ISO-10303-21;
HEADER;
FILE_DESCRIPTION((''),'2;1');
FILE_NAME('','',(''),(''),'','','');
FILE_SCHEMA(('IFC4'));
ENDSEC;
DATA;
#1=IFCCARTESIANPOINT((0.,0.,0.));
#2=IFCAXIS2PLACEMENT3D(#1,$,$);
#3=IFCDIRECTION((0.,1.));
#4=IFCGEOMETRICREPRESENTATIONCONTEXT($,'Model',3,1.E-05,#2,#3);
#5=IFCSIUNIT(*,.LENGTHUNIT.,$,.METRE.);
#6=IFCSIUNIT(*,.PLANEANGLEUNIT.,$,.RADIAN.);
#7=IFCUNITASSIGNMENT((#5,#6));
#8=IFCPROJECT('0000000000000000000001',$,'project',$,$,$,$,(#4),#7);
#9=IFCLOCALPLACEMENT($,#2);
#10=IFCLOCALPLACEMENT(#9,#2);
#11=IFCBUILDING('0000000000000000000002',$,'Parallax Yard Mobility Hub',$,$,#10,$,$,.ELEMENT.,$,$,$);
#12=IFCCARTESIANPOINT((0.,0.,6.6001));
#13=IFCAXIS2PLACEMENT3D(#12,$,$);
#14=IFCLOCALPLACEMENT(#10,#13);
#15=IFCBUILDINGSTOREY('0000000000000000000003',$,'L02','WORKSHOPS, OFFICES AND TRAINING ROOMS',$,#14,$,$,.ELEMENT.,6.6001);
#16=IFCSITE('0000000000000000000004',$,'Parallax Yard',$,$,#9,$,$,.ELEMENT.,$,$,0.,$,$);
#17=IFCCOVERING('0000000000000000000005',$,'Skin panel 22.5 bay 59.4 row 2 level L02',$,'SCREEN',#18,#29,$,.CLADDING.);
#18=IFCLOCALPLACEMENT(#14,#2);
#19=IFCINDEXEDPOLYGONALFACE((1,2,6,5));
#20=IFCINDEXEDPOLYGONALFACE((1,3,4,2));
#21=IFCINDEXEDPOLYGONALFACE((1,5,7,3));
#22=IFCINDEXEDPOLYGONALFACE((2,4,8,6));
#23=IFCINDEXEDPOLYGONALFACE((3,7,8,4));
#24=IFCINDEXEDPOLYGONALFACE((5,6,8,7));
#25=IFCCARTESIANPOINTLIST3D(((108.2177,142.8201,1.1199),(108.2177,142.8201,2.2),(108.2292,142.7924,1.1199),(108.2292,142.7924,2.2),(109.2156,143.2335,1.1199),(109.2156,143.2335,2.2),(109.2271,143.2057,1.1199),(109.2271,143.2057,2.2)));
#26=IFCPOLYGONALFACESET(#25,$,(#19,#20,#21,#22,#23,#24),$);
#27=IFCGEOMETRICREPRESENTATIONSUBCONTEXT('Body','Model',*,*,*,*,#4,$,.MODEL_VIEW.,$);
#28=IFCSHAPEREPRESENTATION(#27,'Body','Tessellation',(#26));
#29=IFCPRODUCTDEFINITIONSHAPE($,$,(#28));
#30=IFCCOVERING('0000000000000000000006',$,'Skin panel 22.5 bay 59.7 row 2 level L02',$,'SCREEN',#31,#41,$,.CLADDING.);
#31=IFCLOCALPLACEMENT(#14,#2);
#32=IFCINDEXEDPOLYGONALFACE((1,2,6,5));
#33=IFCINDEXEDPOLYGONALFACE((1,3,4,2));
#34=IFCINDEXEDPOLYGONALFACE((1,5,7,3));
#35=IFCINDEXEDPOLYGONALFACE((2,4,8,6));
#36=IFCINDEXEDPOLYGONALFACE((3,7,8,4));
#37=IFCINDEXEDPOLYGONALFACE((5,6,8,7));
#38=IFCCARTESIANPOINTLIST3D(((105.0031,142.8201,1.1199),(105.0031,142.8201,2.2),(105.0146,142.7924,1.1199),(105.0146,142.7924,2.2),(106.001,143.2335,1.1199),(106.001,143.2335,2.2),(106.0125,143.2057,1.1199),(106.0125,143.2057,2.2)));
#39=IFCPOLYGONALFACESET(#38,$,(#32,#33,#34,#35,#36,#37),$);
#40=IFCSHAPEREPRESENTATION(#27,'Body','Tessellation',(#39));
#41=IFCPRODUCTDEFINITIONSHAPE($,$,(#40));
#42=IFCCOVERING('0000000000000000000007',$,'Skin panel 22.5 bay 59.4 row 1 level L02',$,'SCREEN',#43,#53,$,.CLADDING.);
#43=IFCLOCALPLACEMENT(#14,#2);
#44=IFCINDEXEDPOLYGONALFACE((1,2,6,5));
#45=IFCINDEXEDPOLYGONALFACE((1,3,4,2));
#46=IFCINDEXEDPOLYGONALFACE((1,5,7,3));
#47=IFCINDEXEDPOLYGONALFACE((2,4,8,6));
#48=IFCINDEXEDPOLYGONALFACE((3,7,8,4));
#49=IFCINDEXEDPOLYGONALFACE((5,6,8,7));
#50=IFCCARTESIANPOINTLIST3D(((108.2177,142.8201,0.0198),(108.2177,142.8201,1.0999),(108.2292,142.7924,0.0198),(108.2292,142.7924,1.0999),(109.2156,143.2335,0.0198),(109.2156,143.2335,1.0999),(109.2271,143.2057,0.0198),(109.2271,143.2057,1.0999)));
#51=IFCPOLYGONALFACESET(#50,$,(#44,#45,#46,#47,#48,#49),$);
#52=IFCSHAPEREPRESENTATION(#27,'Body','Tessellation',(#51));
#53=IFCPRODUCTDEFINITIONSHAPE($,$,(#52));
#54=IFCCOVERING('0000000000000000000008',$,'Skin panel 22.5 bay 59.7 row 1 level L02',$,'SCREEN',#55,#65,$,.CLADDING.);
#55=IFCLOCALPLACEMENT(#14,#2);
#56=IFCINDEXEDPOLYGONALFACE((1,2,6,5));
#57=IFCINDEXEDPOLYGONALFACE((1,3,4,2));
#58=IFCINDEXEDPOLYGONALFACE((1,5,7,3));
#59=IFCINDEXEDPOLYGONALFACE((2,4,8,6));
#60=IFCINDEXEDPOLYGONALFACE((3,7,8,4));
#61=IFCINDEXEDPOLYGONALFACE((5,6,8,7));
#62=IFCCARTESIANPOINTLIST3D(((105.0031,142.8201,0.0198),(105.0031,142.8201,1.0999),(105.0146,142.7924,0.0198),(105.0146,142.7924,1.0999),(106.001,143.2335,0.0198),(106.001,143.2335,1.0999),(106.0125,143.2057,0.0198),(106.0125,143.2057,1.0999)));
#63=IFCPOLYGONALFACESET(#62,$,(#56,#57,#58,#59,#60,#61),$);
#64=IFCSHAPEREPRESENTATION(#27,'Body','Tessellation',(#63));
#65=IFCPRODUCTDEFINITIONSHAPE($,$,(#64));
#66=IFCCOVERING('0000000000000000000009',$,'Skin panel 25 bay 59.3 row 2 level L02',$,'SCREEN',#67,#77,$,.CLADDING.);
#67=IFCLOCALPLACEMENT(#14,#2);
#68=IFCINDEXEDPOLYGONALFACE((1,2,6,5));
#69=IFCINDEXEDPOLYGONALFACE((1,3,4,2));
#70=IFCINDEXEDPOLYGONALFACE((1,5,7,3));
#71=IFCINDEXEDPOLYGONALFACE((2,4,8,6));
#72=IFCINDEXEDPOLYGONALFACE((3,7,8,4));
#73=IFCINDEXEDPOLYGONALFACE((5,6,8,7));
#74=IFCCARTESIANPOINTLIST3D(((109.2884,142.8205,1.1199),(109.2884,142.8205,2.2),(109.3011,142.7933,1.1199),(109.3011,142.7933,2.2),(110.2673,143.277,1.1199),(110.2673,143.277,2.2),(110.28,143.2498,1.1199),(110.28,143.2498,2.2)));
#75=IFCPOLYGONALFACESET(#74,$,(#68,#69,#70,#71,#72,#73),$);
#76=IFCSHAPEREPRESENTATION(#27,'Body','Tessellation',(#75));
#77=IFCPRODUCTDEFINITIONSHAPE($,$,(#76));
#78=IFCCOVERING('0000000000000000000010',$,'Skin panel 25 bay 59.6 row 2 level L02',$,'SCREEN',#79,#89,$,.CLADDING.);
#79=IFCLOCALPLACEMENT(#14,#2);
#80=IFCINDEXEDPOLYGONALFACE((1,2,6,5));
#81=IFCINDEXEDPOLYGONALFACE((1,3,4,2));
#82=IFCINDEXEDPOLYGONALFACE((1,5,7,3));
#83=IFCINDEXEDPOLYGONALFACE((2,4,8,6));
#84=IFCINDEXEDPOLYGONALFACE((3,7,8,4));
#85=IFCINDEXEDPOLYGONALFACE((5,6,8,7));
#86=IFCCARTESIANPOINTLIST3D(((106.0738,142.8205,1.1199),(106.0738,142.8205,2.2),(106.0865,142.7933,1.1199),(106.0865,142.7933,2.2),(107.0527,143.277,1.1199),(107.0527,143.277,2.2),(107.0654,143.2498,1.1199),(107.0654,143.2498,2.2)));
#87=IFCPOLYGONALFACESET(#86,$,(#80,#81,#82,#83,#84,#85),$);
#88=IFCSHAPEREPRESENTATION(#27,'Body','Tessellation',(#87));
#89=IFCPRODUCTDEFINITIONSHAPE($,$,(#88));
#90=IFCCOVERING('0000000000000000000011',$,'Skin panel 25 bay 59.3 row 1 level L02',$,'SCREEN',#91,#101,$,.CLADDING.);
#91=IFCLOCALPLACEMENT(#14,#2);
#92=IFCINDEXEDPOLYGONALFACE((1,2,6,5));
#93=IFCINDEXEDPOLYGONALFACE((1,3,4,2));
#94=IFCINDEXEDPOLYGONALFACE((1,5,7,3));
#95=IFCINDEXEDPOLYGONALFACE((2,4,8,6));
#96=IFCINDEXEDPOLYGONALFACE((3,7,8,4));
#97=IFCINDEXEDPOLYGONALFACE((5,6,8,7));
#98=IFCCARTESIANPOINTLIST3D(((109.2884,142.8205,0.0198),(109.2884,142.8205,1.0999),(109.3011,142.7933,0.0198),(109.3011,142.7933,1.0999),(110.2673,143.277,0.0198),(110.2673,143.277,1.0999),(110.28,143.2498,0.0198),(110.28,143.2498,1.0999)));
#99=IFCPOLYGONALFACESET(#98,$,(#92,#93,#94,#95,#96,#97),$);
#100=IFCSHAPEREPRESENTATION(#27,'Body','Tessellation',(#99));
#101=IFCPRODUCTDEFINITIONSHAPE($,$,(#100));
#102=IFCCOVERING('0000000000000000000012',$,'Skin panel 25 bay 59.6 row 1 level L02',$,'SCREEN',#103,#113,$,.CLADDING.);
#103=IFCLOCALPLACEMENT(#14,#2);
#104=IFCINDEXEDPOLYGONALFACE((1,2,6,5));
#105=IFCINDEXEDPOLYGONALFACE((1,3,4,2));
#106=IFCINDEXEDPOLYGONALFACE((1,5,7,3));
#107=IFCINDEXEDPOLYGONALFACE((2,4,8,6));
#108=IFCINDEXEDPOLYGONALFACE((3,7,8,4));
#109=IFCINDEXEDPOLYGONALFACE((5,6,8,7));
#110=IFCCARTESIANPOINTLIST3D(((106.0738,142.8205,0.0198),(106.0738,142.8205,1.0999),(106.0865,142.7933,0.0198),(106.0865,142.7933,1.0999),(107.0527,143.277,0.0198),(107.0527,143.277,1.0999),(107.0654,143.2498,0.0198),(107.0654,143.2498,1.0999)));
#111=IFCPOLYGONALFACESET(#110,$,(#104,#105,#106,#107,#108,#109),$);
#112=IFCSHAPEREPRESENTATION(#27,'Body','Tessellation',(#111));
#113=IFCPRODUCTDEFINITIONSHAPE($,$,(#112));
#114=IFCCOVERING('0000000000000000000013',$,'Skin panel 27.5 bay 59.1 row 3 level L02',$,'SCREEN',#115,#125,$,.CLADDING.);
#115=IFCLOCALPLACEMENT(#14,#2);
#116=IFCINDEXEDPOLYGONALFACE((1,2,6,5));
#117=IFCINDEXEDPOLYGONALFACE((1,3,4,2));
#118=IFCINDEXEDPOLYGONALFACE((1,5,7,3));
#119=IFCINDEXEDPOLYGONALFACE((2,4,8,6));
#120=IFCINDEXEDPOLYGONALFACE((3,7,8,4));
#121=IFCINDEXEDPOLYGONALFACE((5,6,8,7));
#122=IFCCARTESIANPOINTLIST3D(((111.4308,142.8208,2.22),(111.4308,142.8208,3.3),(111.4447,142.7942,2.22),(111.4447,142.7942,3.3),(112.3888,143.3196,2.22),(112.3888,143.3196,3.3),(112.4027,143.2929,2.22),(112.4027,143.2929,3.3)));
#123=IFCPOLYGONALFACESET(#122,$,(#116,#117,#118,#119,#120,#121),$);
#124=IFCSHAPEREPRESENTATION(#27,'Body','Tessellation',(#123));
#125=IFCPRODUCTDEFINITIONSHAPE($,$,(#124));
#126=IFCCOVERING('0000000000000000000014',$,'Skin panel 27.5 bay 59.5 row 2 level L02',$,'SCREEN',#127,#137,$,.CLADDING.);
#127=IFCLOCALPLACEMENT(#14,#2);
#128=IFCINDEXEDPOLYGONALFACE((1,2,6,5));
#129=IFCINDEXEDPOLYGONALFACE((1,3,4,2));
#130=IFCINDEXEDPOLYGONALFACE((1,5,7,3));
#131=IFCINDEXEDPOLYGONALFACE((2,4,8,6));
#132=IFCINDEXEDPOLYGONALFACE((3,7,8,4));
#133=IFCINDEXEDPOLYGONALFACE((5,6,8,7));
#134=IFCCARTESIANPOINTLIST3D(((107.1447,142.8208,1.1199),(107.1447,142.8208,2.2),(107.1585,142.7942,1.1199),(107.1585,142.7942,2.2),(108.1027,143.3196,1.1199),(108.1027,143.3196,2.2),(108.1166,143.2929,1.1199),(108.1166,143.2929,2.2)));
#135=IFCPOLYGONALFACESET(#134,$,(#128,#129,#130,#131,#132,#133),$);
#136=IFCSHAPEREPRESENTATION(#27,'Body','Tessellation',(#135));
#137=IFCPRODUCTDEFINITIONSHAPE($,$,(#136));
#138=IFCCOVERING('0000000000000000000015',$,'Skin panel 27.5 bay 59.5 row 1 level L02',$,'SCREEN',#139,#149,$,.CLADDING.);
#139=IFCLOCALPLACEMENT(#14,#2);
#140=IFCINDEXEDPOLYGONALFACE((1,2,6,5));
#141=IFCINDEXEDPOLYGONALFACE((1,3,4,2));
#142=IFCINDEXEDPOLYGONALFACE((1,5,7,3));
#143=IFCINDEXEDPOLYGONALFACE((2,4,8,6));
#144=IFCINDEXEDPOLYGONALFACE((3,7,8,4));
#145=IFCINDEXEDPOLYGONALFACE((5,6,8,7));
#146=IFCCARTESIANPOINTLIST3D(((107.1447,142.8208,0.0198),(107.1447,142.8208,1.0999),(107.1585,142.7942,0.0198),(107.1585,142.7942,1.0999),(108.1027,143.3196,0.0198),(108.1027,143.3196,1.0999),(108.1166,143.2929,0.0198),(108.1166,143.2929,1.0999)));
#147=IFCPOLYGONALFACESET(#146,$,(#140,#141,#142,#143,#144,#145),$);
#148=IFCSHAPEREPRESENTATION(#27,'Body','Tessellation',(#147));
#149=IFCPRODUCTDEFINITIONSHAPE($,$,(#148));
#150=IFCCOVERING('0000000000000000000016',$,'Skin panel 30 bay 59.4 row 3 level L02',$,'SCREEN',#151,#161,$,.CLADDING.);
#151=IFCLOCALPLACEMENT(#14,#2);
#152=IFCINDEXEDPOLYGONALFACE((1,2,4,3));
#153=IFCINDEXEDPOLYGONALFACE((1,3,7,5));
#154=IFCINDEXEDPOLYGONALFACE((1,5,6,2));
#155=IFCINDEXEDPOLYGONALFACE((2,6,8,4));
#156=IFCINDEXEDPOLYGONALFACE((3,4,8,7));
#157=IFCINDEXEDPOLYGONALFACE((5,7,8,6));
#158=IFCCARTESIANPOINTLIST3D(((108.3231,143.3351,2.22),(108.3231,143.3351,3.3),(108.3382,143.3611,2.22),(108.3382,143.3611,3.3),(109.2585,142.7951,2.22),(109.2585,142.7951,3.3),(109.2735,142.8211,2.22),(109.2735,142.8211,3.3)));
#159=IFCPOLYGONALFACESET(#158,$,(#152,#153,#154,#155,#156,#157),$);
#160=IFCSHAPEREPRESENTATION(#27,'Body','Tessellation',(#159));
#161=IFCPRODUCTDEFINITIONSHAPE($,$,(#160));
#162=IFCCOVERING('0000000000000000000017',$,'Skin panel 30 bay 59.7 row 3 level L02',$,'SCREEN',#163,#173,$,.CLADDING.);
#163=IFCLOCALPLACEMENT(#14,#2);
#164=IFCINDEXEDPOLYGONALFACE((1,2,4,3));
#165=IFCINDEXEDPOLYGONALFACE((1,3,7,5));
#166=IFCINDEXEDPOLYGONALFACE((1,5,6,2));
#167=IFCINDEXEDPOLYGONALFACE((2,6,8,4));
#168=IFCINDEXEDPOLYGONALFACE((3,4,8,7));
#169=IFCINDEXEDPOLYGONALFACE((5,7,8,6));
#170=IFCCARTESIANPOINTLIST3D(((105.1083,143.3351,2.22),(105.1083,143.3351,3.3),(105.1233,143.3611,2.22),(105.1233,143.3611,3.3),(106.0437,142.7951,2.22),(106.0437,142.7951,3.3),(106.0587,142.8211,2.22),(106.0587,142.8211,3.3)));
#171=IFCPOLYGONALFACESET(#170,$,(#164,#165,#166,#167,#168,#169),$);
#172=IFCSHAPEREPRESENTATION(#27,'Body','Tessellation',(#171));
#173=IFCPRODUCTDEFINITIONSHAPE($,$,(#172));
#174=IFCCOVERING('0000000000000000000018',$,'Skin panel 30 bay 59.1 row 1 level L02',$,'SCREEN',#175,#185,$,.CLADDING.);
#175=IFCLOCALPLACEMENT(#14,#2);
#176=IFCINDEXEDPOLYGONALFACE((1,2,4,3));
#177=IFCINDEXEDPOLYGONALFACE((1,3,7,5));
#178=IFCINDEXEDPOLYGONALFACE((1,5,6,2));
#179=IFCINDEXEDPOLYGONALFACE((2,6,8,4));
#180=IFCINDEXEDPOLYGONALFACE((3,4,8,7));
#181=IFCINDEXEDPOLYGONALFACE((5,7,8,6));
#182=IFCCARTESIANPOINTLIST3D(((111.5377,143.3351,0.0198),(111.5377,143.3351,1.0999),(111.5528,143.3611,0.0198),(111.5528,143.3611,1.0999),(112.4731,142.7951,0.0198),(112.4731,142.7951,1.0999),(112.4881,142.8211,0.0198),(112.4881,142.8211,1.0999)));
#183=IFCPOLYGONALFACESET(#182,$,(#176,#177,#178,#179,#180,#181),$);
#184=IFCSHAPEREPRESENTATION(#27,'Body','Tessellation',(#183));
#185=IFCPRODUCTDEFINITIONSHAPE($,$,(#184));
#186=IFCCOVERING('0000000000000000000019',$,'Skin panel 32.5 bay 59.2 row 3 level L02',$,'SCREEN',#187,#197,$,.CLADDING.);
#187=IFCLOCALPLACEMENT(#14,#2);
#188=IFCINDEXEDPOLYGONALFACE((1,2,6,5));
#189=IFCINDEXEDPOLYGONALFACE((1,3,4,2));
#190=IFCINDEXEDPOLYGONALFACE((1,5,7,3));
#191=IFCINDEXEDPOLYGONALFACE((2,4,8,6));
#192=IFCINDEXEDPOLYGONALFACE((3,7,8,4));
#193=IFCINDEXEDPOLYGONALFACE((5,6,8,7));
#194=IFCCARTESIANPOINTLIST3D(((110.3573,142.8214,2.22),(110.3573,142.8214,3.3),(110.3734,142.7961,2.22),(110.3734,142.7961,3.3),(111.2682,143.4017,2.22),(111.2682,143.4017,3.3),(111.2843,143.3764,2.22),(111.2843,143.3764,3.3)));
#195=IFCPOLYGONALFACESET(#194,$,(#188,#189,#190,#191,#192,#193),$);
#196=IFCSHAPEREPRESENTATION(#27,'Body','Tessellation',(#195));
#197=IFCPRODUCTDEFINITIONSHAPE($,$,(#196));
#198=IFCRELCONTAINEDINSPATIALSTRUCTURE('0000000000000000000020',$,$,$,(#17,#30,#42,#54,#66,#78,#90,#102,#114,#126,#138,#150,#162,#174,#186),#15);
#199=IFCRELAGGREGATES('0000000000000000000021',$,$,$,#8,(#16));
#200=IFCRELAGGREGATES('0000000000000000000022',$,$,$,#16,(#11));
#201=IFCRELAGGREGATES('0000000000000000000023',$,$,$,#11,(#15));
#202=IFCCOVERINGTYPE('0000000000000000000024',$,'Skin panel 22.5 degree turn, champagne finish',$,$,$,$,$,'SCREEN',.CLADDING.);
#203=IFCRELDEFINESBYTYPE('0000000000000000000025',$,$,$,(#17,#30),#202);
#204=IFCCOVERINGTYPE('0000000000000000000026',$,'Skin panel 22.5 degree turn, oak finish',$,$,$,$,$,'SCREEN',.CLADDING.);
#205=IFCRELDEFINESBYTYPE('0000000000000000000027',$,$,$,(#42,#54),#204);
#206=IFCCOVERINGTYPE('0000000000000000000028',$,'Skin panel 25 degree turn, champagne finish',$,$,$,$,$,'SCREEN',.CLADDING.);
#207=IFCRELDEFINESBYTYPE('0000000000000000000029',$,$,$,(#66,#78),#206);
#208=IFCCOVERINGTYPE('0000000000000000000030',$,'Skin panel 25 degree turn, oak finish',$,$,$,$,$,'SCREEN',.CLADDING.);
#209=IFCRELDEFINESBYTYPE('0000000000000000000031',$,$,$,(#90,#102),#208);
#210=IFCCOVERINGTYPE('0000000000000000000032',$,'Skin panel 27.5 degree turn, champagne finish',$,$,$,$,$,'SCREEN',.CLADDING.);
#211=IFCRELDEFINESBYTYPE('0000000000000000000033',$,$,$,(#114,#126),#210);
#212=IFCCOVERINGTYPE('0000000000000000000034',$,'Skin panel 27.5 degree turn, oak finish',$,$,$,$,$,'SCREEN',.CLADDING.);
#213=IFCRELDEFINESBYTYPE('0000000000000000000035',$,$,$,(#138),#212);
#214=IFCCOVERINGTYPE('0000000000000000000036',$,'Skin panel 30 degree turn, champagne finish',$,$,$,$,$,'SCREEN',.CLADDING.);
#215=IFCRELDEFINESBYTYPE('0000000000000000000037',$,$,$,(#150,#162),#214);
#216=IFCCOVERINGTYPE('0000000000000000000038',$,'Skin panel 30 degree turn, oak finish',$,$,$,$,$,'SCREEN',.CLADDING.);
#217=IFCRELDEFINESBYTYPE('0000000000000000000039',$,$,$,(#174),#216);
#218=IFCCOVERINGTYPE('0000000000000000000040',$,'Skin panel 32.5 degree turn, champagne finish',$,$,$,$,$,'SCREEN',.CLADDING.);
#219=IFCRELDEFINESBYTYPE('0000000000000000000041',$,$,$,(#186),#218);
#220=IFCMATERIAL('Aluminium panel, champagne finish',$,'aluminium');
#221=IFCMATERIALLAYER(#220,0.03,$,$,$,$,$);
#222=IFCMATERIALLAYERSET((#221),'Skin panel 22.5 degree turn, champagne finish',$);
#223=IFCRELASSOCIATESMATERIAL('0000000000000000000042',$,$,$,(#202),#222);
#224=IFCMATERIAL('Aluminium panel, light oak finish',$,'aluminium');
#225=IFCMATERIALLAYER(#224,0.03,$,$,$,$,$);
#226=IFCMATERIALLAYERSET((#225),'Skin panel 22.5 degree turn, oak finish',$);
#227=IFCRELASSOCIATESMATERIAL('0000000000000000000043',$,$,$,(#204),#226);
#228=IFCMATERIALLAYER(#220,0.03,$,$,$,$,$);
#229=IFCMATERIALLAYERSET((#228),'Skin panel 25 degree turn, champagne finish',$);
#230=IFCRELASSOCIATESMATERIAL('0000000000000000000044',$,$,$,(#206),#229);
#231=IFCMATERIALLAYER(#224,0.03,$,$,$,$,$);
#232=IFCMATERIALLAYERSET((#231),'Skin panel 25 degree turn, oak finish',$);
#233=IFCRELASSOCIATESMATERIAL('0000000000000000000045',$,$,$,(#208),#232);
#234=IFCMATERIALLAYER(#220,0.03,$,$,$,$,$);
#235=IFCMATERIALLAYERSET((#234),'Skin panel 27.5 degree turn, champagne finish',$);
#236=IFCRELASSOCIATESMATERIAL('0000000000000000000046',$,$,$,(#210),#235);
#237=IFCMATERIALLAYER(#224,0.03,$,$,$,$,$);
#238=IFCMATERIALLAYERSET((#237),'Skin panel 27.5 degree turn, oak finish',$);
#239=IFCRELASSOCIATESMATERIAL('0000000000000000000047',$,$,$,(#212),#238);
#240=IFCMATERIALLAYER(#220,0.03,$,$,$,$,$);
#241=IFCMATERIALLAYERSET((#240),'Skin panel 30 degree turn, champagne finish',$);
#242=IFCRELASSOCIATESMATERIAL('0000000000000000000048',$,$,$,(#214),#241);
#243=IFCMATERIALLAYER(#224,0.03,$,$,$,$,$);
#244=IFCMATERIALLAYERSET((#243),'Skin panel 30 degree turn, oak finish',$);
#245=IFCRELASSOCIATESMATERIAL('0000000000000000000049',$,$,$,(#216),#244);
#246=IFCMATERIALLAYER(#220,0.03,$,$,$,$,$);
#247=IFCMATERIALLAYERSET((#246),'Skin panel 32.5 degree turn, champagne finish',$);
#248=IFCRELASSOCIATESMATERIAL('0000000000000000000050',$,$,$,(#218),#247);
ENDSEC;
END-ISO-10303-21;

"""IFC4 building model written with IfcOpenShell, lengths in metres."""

from ifc_helpers import new_model, si_unit, direction, frame, origin, origin_2d, place, context, subcontext, project, spatial, rectangle, extrude, material, layer, layer_set, type_object, element, save


model = new_model("IFC4")

# Units and contexts
model_context = context("Model", 3, precision=1e-05, world=origin(), true_north=direction((0.0, 1.0)))
body_context = subcontext(model_context, "Body", "Model", "MODEL_VIEW")
ifc_project = project(units=[si_unit("LENGTHUNIT", "METRE"), si_unit("PLANEANGLEUNIT", "RADIAN")], contexts=[model_context])

# Site, building, storey
site_placement = place(None, origin())
site = spatial("IfcSite", under=ifc_project, at=site_placement, Name="Parallax Yard", CompositionType="ELEMENT", RefElevation=0.0)
building_placement = place(site_placement, origin())
building = spatial("IfcBuilding", under=site, at=building_placement, Name="Parallax Yard Mobility Hub", CompositionType="ELEMENT")
storey_placement = place(building_placement, frame((0.0, 0.0, 6.6001)))
storey = spatial("IfcBuildingStorey", under=building, at=storey_placement, Name="L02", Description="WORKSHOPS, OFFICES AND TRAINING ROOMS", CompositionType="ELEMENT", Elevation=6.6001)

# Coverings
ifc_material_1 = material(Name="Aluminium panel, champagne finish", Category="aluminium")
ifc_layer_1 = layer(ifc_material_1, 0.03)
ifc_layer_set_1 = layer_set([ifc_layer_1], Name="Skin panel 22.5 degree turn, champagne finish")
covering_type_1 = type_object("IfcCoveringType", Name="Skin panel 22.5 degree turn, champagne finish", ElementType="SCREEN", PredefinedType="CLADDING", material=ifc_layer_set_1)
for number, where, z_axis, x_axis, name in (
    (1, (108.7224, 143.0129, 1.1199), (0.0, 0.0, 1.0), (0.92388, 0.382683, 0.0), "Skin panel 22.5 bay 59.4 row 2 level L02"),
    (2, (105.5078, 143.0129, 1.1199), (0.0, 0.0, 1.0), (0.92388, 0.382683, 0.0), "Skin panel 22.5 bay 59.7 row 2 level L02"),
):
    element("IfcCovering", number, at=place(storey_placement, frame(where, z_axis=z_axis, x_axis=x_axis)), inside=storey, type_object=covering_type_1, Name=name, ObjectType="SCREEN", PredefinedType="CLADDING", context=body_context, shape_type="SweptSolid", body=[
        extrude(rectangle(XDim=1.0801, YDim=0.03, at=origin_2d()), origin(), (0.0, 0.0, 1.0), 1.0801),
    ])
ifc_material_2 = material(Name="Aluminium panel, light oak finish", Category="aluminium")
ifc_layer_2 = layer(ifc_material_2, 0.03)
ifc_layer_set_2 = layer_set([ifc_layer_2], Name="Skin panel 22.5 degree turn, oak finish")
covering_type_2 = type_object("IfcCoveringType", Name="Skin panel 22.5 degree turn, oak finish", ElementType="SCREEN", PredefinedType="CLADDING", material=ifc_layer_set_2)
for number, where, z_axis, x_axis, name in (
    (3, (108.7224, 143.0129, 0.0198), (0.0, 0.0, 1.0), (0.92388, 0.382683, 0.0), "Skin panel 22.5 bay 59.4 row 1 level L02"),
    (4, (105.5078, 143.0129, 0.0198), (0.0, 0.0, 1.0), (0.92388, 0.382683, 0.0), "Skin panel 22.5 bay 59.7 row 1 level L02"),
):
    element("IfcCovering", number, at=place(storey_placement, frame(where, z_axis=z_axis, x_axis=x_axis)), inside=storey, type_object=covering_type_2, Name=name, ObjectType="SCREEN", PredefinedType="CLADDING", context=body_context, shape_type="SweptSolid", body=[
        extrude(rectangle(XDim=1.0801, YDim=0.03, at=origin_2d()), origin(), (0.0, 0.0, 1.0), 1.0801),
    ])
ifc_layer_3 = layer(ifc_material_1, 0.03)
ifc_layer_set_3 = layer_set([ifc_layer_3], Name="Skin panel 25 degree turn, champagne finish")
covering_type_3 = type_object("IfcCoveringType", Name="Skin panel 25 degree turn, champagne finish", ElementType="SCREEN", PredefinedType="CLADDING", material=ifc_layer_set_3)
for number, where, z_axis, x_axis, name in (
    (5, (109.7842, 143.0352, 1.1199), (0.0, 0.0, 1.0), (0.906308, 0.422618, 0.0), "Skin panel 25 bay 59.3 row 2 level L02"),
    (6, (106.5696, 143.0352, 1.1199), (0.0, 0.0, 1.0), (0.906308, 0.422618, 0.0), "Skin panel 25 bay 59.6 row 2 level L02"),
):
    element("IfcCovering", number, at=place(storey_placement, frame(where, z_axis=z_axis, x_axis=x_axis)), inside=storey, type_object=covering_type_3, Name=name, ObjectType="SCREEN", PredefinedType="CLADDING", context=body_context, shape_type="SweptSolid", body=[
        extrude(rectangle(XDim=1.0801, YDim=0.03, at=origin_2d()), origin(), (0.0, 0.0, 1.0), 1.0801),
    ])
ifc_layer_4 = layer(ifc_material_2, 0.03)
ifc_layer_set_4 = layer_set([ifc_layer_4], Name="Skin panel 25 degree turn, oak finish")
covering_type_4 = type_object("IfcCoveringType", Name="Skin panel 25 degree turn, oak finish", ElementType="SCREEN", PredefinedType="CLADDING", material=ifc_layer_set_4)
for number, where, z_axis, x_axis, name in (
    (7, (109.7842, 143.0352, 0.0198), (0.0, 0.0, 1.0), (0.906308, 0.422618, 0.0), "Skin panel 25 bay 59.3 row 1 level L02"),
    (8, (106.5696, 143.0352, 0.0198), (0.0, 0.0, 1.0), (0.906308, 0.422618, 0.0), "Skin panel 25 bay 59.6 row 1 level L02"),
):
    element("IfcCovering", number, at=place(storey_placement, frame(where, z_axis=z_axis, x_axis=x_axis)), inside=storey, type_object=covering_type_4, Name=name, ObjectType="SCREEN", PredefinedType="CLADDING", context=body_context, shape_type="SweptSolid", body=[
        extrude(rectangle(XDim=1.0801, YDim=0.03, at=origin_2d()), origin(), (0.0, 0.0, 1.0), 1.0801),
    ])
ifc_layer_5 = layer(ifc_material_1, 0.03)
ifc_layer_set_5 = layer_set([ifc_layer_5], Name="Skin panel 27.5 degree turn, champagne finish")
covering_type_5 = type_object("IfcCoveringType", Name="Skin panel 27.5 degree turn, champagne finish", ElementType="SCREEN", PredefinedType="CLADDING", material=ifc_layer_set_5)
for number, where, z_axis, x_axis, name in (
    (9, (111.9167, 143.0569, 2.22), (0.0, 0.0, 1.0), (0.887011, 0.461749, 0.0), "Skin panel 27.5 bay 59.1 row 3 level L02"),
    (10, (107.6306, 143.0569, 1.1199), (0.0, 0.0, 1.0), (0.887011, 0.461749, 0.0), "Skin panel 27.5 bay 59.5 row 2 level L02"),
):
    element("IfcCovering", number, at=place(storey_placement, frame(where, z_axis=z_axis, x_axis=x_axis)), inside=storey, type_object=covering_type_5, Name=name, ObjectType="SCREEN", PredefinedType="CLADDING", context=body_context, shape_type="SweptSolid", body=[
        extrude(rectangle(XDim=1.0801, YDim=0.03, at=origin_2d()), origin(), (0.0, 0.0, 1.0), 1.0801),
    ])
ifc_layer_6 = layer(ifc_material_2, 0.03)
ifc_layer_set_6 = layer_set([ifc_layer_6], Name="Skin panel 27.5 degree turn, oak finish")
covering_type_6 = type_object("IfcCoveringType", Name="Skin panel 27.5 degree turn, oak finish", ElementType="SCREEN", PredefinedType="CLADDING", material=ifc_layer_set_6)
covering_1_placement = place(storey_placement, frame((107.6306, 143.0569, 0.0198), z_axis=(0.0, 0.0, 1.0), x_axis=(0.887011, 0.461749, 0.0)))
element("IfcCovering", 11, at=covering_1_placement, inside=storey, type_object=covering_type_6, Name="Skin panel 27.5 bay 59.5 row 1 level L02", ObjectType="SCREEN", PredefinedType="CLADDING", context=body_context, shape_type="SweptSolid", body=[
    extrude(rectangle(XDim=1.0801, YDim=0.03, at=origin_2d()), origin(), (0.0, 0.0, 1.0), 1.0801),
])
ifc_layer_7 = layer(ifc_material_1, 0.03)
ifc_layer_set_7 = layer_set([ifc_layer_7], Name="Skin panel 30 degree turn, champagne finish")
covering_type_7 = type_object("IfcCoveringType", Name="Skin panel 30 degree turn, champagne finish", ElementType="SCREEN", PredefinedType="CLADDING", material=ifc_layer_set_7)
for number, where, z_axis, x_axis, name in (
    (12, (108.7983, 143.0781, 2.22), (0.0, 0.0, 1.0), (-0.866025, 0.5, 0.0), "Skin panel 30 bay 59.4 row 3 level L02"),
    (13, (105.5835, 143.0781, 2.22), (0.0, 0.0, 1.0), (-0.866025, 0.5, 0.0), "Skin panel 30 bay 59.7 row 3 level L02"),
):
    element("IfcCovering", number, at=place(storey_placement, frame(where, z_axis=z_axis, x_axis=x_axis)), inside=storey, type_object=covering_type_7, Name=name, ObjectType="SCREEN", PredefinedType="CLADDING", context=body_context, shape_type="SweptSolid", body=[
        extrude(rectangle(XDim=1.0801, YDim=0.03, at=origin_2d()), origin(), (0.0, 0.0, 1.0), 1.0801),
    ])
ifc_layer_8 = layer(ifc_material_2, 0.03)
ifc_layer_set_8 = layer_set([ifc_layer_8], Name="Skin panel 30 degree turn, oak finish")
covering_type_8 = type_object("IfcCoveringType", Name="Skin panel 30 degree turn, oak finish", ElementType="SCREEN", PredefinedType="CLADDING", material=ifc_layer_set_8)
covering_2_placement = place(storey_placement, frame((112.0129, 143.0781, 0.0198), z_axis=(0.0, 0.0, 1.0), x_axis=(-0.866025, 0.5, 0.0)))
element("IfcCovering", 14, at=covering_2_placement, inside=storey, type_object=covering_type_8, Name="Skin panel 30 bay 59.1 row 1 level L02", ObjectType="SCREEN", PredefinedType="CLADDING", context=body_context, shape_type="SweptSolid", body=[
    extrude(rectangle(XDim=1.0801, YDim=0.03, at=origin_2d()), origin(), (0.0, 0.0, 1.0), 1.0801),
])
ifc_layer_9 = layer(ifc_material_1, 0.03)
ifc_layer_set_9 = layer_set([ifc_layer_9], Name="Skin panel 32.5 degree turn, champagne finish")
covering_type_9 = type_object("IfcCoveringType", Name="Skin panel 32.5 degree turn, champagne finish", ElementType="SCREEN", PredefinedType="CLADDING", material=ifc_layer_set_9)
for number, where, z_axis, x_axis, name in (
    (15, (110.8208, 143.0989, 2.22), (0.0, 0.0, 1.0), (0.843391, 0.5373, 0.0), "Skin panel 32.5 bay 59.2 row 3 level L02"),
):
    element("IfcCovering", number, at=place(storey_placement, frame(where, z_axis=z_axis, x_axis=x_axis)), inside=storey, type_object=covering_type_9, Name=name, ObjectType="SCREEN", PredefinedType="CLADDING", context=body_context, shape_type="SweptSolid", body=[
        extrude(rectangle(XDim=1.0801, YDim=0.03, at=origin_2d()), origin(), (0.0, 0.0, 1.0), 1.0801),
    ])

save(model, "model.ifc")
